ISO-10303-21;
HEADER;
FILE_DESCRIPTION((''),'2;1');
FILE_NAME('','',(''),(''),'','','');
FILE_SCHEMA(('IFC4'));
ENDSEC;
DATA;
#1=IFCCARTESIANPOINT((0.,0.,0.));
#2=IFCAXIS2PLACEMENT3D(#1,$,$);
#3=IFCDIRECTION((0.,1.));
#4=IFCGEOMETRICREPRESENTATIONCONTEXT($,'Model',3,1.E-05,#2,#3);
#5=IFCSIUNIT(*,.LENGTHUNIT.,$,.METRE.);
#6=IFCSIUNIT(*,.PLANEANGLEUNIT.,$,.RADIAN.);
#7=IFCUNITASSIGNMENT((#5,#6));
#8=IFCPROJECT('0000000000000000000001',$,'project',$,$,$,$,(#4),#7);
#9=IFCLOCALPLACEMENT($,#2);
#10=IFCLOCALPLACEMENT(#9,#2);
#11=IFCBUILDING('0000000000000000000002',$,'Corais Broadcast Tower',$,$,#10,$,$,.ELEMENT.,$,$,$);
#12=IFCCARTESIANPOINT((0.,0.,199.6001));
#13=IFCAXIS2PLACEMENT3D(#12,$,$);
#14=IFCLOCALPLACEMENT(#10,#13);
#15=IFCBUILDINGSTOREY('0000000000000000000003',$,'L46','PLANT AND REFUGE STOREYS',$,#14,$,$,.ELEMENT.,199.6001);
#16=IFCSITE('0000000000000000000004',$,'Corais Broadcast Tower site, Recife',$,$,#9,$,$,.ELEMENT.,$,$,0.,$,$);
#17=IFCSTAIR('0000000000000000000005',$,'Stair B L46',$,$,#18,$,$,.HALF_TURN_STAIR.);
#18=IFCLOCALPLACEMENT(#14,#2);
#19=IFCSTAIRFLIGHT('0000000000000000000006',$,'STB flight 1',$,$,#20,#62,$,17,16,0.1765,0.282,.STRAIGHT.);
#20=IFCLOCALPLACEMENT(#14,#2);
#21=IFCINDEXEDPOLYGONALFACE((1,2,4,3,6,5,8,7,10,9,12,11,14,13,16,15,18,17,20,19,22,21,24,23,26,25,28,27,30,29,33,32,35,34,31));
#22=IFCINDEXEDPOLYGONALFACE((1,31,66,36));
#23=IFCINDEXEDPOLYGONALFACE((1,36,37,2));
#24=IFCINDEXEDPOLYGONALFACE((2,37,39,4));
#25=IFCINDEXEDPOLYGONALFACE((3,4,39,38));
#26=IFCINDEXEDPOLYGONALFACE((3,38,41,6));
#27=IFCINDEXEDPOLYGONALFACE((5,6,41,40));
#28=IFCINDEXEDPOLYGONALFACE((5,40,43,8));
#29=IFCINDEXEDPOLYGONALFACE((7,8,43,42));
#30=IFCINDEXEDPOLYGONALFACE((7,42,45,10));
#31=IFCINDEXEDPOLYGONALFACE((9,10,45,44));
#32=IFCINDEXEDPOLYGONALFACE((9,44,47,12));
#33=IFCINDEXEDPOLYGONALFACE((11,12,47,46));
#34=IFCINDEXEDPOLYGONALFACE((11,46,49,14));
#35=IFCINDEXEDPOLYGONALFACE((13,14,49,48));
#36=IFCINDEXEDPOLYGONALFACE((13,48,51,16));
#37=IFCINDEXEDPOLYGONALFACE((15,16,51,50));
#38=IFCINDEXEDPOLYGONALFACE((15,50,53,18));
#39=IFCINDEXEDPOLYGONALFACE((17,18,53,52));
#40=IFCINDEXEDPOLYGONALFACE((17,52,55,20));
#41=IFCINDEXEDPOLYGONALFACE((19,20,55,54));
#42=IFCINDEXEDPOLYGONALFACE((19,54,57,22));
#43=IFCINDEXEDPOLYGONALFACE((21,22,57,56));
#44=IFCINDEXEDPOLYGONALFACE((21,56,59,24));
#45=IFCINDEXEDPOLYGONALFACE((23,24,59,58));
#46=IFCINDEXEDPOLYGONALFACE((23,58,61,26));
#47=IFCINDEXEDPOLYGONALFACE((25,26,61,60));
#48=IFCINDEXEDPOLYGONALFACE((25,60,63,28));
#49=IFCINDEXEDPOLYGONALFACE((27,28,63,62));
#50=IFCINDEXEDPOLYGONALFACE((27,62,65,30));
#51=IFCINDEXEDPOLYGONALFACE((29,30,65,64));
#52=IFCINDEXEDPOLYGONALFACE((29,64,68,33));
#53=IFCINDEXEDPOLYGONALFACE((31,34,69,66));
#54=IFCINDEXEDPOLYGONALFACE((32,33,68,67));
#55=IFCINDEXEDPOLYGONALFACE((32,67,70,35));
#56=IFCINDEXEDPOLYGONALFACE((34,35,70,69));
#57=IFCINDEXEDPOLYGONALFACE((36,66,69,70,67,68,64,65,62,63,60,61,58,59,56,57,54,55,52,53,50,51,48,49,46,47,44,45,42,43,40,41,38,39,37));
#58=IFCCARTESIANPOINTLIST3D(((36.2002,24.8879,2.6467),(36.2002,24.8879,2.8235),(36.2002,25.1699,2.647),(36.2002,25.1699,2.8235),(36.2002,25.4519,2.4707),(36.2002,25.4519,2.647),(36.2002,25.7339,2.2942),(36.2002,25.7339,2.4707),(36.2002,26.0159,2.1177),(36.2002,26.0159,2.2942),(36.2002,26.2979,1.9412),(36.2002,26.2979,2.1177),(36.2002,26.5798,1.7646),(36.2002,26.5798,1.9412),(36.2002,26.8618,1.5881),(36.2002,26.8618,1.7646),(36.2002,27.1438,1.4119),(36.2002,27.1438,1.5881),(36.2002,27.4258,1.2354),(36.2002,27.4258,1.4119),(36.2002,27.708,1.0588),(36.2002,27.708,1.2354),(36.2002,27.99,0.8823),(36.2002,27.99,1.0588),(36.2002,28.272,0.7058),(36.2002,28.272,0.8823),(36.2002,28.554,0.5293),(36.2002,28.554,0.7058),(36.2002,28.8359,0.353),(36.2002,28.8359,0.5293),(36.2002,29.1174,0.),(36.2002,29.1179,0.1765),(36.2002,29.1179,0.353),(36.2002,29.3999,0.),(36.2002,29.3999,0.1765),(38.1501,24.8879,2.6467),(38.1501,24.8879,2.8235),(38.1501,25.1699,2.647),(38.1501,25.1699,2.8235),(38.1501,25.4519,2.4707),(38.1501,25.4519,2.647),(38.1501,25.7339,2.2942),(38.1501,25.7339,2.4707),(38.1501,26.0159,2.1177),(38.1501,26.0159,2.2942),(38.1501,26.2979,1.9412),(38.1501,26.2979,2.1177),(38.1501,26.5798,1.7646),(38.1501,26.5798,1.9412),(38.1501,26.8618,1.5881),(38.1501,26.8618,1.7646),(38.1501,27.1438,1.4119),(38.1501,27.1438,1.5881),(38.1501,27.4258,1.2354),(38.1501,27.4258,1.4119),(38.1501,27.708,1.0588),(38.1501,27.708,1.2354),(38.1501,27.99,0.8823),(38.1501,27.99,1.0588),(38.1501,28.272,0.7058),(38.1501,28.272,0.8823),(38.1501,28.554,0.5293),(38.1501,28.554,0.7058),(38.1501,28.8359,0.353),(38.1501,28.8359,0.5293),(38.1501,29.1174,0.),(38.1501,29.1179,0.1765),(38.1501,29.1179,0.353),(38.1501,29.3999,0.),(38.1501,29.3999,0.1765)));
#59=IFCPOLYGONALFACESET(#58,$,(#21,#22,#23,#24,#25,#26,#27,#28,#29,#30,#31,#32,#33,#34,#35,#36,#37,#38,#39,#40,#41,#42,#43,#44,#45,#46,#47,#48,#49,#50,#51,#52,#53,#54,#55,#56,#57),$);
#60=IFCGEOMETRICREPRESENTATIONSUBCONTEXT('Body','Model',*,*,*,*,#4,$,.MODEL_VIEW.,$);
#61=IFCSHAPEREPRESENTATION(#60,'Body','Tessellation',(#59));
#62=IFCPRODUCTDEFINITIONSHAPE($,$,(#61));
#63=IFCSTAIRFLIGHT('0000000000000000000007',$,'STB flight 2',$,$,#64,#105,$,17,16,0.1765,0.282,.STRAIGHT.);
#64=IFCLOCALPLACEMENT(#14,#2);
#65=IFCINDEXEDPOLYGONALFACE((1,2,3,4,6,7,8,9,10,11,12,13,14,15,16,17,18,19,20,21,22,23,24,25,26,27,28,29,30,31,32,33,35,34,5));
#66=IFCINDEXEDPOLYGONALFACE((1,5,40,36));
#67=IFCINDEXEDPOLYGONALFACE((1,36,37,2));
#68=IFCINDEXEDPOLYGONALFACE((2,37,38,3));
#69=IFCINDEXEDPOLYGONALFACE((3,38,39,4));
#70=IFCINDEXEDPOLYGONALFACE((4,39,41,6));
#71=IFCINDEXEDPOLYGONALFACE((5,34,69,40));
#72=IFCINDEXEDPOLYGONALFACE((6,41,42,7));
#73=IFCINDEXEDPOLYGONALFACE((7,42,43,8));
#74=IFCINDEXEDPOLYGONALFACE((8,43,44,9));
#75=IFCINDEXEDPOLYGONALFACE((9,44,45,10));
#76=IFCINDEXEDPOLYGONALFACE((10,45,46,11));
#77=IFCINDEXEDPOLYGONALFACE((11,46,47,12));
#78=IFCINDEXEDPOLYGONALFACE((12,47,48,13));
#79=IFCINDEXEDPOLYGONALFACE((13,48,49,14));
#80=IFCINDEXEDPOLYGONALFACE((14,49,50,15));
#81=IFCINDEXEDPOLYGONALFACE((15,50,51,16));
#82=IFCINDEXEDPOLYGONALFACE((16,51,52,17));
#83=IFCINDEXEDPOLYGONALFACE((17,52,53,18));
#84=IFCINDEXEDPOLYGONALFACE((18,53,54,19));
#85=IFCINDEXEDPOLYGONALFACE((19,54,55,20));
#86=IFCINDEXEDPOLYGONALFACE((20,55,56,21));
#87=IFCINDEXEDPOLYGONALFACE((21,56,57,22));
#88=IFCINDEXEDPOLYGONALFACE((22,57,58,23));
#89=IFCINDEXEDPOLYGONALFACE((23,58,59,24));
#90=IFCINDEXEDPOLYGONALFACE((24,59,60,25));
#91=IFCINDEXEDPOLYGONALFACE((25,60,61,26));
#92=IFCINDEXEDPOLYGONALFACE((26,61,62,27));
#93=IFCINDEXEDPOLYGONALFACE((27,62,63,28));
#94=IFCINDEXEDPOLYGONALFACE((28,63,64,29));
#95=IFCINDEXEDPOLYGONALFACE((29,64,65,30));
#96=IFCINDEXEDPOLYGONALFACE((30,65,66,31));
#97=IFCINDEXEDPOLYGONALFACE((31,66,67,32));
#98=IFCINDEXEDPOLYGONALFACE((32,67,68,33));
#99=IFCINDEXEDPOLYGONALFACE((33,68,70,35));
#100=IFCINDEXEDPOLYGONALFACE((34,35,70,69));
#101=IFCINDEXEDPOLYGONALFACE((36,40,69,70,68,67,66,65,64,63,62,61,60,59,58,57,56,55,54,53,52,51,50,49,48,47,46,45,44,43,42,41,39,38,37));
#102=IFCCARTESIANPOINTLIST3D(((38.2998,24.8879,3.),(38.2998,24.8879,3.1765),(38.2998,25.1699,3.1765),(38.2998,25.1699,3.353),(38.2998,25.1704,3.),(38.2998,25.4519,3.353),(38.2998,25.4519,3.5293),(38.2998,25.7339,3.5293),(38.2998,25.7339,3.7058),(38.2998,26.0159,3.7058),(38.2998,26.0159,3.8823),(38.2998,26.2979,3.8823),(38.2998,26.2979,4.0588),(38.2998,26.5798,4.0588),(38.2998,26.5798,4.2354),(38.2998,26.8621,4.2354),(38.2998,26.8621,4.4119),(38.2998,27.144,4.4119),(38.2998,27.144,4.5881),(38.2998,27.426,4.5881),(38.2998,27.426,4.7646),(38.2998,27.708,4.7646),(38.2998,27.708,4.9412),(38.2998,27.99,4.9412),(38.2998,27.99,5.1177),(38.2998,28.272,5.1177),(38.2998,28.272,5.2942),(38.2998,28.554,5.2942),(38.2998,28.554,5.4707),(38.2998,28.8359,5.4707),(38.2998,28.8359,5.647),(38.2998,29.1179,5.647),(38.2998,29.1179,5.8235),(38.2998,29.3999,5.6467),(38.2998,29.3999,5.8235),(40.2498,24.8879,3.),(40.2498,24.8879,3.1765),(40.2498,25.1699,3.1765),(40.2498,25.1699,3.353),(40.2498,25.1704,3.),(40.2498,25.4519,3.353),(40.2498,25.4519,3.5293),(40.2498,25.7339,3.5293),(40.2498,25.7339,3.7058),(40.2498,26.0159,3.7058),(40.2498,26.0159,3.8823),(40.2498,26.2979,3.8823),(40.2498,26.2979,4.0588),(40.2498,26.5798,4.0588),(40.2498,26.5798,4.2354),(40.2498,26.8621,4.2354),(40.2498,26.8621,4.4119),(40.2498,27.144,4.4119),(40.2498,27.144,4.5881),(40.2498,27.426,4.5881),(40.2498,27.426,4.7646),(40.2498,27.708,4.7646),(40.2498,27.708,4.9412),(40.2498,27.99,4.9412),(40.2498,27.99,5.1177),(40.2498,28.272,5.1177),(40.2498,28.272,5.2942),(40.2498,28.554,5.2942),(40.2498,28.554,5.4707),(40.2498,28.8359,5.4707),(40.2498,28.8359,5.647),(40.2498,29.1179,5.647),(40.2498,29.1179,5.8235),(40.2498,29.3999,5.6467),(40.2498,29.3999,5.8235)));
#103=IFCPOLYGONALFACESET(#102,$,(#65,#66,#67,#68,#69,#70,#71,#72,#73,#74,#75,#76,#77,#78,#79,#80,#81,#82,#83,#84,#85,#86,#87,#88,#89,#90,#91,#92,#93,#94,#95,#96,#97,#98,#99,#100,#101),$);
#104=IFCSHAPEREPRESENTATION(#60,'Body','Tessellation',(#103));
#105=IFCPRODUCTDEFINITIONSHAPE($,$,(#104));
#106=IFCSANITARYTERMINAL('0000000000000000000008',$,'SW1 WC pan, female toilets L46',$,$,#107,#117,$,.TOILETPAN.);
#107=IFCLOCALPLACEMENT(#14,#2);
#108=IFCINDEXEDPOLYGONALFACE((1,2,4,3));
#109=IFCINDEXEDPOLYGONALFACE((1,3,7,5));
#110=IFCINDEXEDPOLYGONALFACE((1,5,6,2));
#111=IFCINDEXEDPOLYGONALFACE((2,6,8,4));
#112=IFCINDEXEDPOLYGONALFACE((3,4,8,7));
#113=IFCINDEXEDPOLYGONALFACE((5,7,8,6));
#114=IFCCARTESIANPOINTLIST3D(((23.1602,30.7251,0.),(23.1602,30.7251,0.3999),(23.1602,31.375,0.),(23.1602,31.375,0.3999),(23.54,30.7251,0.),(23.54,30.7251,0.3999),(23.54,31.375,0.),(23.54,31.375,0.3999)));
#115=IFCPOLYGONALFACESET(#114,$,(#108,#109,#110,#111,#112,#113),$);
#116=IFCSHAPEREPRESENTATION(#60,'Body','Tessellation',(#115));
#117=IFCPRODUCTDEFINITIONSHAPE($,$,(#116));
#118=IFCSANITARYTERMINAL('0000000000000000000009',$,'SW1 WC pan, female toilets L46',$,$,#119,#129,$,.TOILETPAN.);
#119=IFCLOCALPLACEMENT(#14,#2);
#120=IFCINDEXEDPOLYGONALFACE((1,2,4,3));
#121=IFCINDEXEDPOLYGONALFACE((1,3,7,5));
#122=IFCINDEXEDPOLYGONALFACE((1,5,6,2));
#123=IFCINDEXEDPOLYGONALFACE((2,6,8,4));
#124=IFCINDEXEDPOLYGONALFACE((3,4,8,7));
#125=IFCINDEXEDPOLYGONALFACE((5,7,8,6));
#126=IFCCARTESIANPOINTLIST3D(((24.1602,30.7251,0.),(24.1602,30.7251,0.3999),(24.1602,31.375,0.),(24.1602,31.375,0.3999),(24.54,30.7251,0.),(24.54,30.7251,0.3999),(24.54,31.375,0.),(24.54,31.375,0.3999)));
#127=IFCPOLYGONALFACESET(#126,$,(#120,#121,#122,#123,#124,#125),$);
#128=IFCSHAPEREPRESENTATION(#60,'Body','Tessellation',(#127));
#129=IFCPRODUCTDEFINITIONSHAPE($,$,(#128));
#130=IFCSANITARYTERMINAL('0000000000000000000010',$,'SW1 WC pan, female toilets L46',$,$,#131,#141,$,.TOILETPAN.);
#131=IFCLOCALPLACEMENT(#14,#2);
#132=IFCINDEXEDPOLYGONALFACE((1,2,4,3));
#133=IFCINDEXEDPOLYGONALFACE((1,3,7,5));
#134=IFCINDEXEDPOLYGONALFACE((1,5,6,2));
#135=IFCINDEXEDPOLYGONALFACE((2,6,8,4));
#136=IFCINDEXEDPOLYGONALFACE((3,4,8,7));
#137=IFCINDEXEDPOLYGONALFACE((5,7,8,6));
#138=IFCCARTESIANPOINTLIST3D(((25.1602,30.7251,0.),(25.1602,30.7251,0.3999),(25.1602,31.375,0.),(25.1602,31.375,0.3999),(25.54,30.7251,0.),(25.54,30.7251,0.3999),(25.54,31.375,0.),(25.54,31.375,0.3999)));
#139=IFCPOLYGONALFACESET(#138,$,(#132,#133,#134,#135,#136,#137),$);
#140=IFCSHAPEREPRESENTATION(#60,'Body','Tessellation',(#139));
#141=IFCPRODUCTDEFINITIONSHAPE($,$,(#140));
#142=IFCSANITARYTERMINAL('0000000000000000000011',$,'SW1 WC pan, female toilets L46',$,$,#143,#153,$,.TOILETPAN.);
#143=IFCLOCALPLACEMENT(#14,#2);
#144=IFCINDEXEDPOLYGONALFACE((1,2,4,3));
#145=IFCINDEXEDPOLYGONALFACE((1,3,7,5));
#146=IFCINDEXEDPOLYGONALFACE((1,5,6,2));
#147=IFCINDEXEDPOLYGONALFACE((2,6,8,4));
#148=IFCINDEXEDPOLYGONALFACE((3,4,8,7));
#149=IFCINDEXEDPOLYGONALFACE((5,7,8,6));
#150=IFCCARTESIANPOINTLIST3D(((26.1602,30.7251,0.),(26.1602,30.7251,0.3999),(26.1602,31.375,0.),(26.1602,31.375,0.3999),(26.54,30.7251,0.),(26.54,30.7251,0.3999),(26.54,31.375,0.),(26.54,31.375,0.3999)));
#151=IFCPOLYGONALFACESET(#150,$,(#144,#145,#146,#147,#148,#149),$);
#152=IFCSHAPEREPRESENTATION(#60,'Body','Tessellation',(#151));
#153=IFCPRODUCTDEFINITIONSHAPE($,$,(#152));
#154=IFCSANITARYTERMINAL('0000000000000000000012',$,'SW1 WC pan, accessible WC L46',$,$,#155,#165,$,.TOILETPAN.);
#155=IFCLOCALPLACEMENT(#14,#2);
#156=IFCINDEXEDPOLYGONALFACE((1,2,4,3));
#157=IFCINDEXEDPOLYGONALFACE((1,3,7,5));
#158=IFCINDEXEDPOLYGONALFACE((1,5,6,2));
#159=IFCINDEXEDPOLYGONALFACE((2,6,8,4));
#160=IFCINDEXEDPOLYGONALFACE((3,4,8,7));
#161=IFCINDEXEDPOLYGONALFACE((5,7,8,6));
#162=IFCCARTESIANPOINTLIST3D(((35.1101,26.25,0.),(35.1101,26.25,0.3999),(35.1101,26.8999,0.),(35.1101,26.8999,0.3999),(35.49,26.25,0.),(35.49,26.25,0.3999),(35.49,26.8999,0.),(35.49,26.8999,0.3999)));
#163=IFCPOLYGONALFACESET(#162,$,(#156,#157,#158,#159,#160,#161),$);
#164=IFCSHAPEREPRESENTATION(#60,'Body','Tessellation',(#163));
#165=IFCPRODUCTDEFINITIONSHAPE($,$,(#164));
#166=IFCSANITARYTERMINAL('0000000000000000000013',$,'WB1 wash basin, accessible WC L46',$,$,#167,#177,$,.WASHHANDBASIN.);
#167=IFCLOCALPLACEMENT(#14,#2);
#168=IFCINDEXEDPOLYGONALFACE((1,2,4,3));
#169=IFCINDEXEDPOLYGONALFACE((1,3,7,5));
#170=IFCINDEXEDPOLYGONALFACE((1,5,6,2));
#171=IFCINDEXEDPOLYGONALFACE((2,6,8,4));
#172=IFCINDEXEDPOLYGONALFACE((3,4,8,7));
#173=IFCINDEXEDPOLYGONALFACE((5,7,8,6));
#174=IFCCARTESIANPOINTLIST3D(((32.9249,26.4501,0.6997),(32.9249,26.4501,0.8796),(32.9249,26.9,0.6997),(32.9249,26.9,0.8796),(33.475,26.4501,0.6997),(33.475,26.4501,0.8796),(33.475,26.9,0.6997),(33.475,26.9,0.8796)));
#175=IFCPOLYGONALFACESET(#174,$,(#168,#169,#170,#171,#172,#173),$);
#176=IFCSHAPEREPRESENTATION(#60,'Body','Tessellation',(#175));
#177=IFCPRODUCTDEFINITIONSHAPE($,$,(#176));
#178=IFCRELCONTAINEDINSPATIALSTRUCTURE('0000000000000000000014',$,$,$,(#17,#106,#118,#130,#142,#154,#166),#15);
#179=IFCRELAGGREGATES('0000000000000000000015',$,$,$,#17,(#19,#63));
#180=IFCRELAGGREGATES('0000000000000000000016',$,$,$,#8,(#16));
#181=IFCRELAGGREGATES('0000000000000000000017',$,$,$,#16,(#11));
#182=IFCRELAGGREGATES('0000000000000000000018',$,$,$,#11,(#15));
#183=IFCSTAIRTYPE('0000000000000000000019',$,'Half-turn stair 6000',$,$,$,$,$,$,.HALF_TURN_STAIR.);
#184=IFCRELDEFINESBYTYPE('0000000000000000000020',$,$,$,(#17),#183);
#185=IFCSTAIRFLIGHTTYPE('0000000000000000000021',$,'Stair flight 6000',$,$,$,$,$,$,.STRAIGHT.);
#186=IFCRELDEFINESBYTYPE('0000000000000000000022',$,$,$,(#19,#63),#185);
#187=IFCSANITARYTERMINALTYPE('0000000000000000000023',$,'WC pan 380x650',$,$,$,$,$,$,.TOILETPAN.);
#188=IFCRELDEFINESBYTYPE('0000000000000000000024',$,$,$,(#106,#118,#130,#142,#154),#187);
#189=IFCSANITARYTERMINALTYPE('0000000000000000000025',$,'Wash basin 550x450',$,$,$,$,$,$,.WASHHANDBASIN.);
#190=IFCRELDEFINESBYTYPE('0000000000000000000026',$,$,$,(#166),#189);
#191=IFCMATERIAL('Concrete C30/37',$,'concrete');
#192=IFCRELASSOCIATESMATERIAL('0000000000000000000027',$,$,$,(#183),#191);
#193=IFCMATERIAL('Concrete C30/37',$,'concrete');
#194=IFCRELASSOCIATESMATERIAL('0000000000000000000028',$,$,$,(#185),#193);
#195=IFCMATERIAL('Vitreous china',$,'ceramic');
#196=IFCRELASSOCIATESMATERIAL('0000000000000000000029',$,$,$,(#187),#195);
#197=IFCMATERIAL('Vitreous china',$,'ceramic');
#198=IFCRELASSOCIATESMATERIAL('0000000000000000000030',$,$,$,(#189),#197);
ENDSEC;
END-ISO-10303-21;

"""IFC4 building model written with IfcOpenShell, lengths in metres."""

from ifc_helpers import new_model, si_unit, direction, frame, origin, origin_2d, place, context, subcontext, project, spatial, polyline, rectangle, outline, extrude, material, type_object, element, aggregate, save


model = new_model("IFC4")

# Units and contexts
model_context = context("Model", 3, precision=1e-05, world=origin(), true_north=direction((0.0, 1.0)))
body_context = subcontext(model_context, "Body", "Model", "MODEL_VIEW")
ifc_project = project(units=[si_unit("LENGTHUNIT", "METRE"), si_unit("PLANEANGLEUNIT", "RADIAN")], contexts=[model_context])

# Site, building, storey
site_placement = place(None, origin())
site = spatial("IfcSite", under=ifc_project, at=site_placement, Name="Corais Broadcast Tower site, Recife", CompositionType="ELEMENT", RefElevation=0.0)
building_placement = place(site_placement, origin())
building = spatial("IfcBuilding", under=site, at=building_placement, Name="Corais Broadcast Tower", CompositionType="ELEMENT")
storey_placement = place(building_placement, frame((0.0, 0.0, 199.6001)))
storey = spatial("IfcBuildingStorey", under=building, at=storey_placement, Name="L46", Description="PLANT AND REFUGE STOREYS", CompositionType="ELEMENT", Elevation=199.6001)

# Stair, stair flights
ifc_material_1 = material(Name="Concrete C30/37", Category="concrete")
stair_type = type_object("IfcStairType", Name="Half-turn stair 6000", PredefinedType="HALF_TURN_STAIR", material=ifc_material_1)
stair_placement = place(storey_placement, origin())
stair = element("IfcStair", 1, at=stair_placement, inside=storey, type_object=stair_type, Name="Stair B L46", PredefinedType="HALF_TURN_STAIR")
ifc_material_2 = material(Name="Concrete C30/37", Category="concrete")
stair_flight_type = type_object("IfcStairFlightType", Name="Stair flight 6000", PredefinedType="STRAIGHT", material=ifc_material_2)
stair_flight_1_placement = place(storey_placement, frame((37.175, 29.3999, 0.0), z_axis=(0.0, 0.0, 1.0), x_axis=(0.0, -1.0, 0.0)))
stair_flight_1 = element("IfcStairFlight", 2, at=stair_flight_1_placement, type_object=stair_flight_type, Name="STB flight 1", NumberOfRisers=17, NumberOfTreads=16, PredefinedType="STRAIGHT", RiserHeight=0.1765, TreadLength=0.282, context=body_context, shape_type="SweptSolid", body=[
    extrude(outline(polyline([(0.0, 0.0), (0.0, 0.1765), (0.282, 0.1765), (0.282, 0.353), (0.564, 0.353), (0.564, 0.5293), (0.8459, 0.5293), (0.8459, 0.7058), (1.1279, 0.7058), (1.1279, 0.8823), (1.4099, 0.8823), (1.4099, 1.0588), (1.6919, 1.0588), (1.6919, 1.2354), (1.9741, 1.2354), (1.9741, 1.4119), (2.2561, 1.4119), (2.2561, 1.5881), (2.5381, 1.5881), (2.5381, 1.7646), (2.8201, 1.7646), (2.8201, 1.9412), (3.1021, 1.9412), (3.1021, 2.1177), (3.384, 2.1177), (3.384, 2.2942), (3.666, 2.2942), (3.666, 2.4707), (3.948, 2.4707), (3.948, 2.647), (4.23, 2.647), (4.23, 2.8235), (4.512, 2.8235), (4.512, 3.0), (4.512, 2.6467), (0.2825, 0.0), (0.0, 0.0)])), frame((0.0, 0.9751, 0.0), z_axis=(0.0, -1.0, 0.0), x_axis=(1.0, 0.0, 0.0)), (0.0, 0.0, 1.0), 1.95),
])
stair_flight_2_placement = place(storey_placement, frame((39.2749, 24.8879, 3.0), z_axis=(0.0, 0.0, 1.0), x_axis=(0.0, 1.0, 0.0)))
stair_flight_2 = element("IfcStairFlight", 3, at=stair_flight_2_placement, type_object=stair_flight_type, Name="STB flight 2", NumberOfRisers=17, NumberOfTreads=16, PredefinedType="STRAIGHT", RiserHeight=0.1765, TreadLength=0.282, context=body_context, shape_type="SweptSolid", body=[
    extrude(outline(polyline([(0.0, 0.0), (0.0, 0.1765), (0.282, 0.1765), (0.282, 0.353), (0.564, 0.353), (0.564, 0.5293), (0.8459, 0.5293), (0.8459, 0.7058), (1.1279, 0.7058), (1.1279, 0.8823), (1.4099, 0.8823), (1.4099, 1.0588), (1.6919, 1.0588), (1.6919, 1.2354), (1.9741, 1.2354), (1.9741, 1.4119), (2.2561, 1.4119), (2.2561, 1.5881), (2.5381, 1.5881), (2.5381, 1.7646), (2.8201, 1.7646), (2.8201, 1.9412), (3.1021, 1.9412), (3.1021, 2.1177), (3.384, 2.1177), (3.384, 2.2942), (3.666, 2.2942), (3.666, 2.4707), (3.948, 2.4707), (3.948, 2.647), (4.23, 2.647), (4.23, 2.8235), (4.512, 2.8235), (4.512, 3.0), (4.512, 2.6467), (0.2825, 0.0), (0.0, 0.0)])), frame((0.0, 0.9751, 0.0), z_axis=(0.0, -1.0, 0.0), x_axis=(1.0, 0.0, 0.0)), (0.0, 0.0, 1.0), 1.95),
])
aggregate(stair, [stair_flight_1, stair_flight_2])

# Sanitary terminals
ifc_material_3 = material(Name="Vitreous china", Category="ceramic")
sanitary_terminal_type_1 = type_object("IfcSanitaryTerminalType", Name="WC pan 380x650", PredefinedType="TOILETPAN", material=ifc_material_3)
for number, where, z_axis, x_axis, name in (
    (4, (23.3501, 31.05, 0.0), (0.0, 0.0, 1.0), (1.0, 0.0, 0.0), "SW1 WC pan, female toilets L46"),
    (5, (24.3501, 31.05, 0.0), (0.0, 0.0, 1.0), (1.0, 0.0, 0.0), "SW1 WC pan, female toilets L46"),
    (6, (25.3501, 31.05, 0.0), (0.0, 0.0, 1.0), (1.0, 0.0, 0.0), "SW1 WC pan, female toilets L46"),
    (7, (26.3501, 31.05, 0.0), (0.0, 0.0, 1.0), (1.0, 0.0, 0.0), "SW1 WC pan, female toilets L46"),
    (8, (35.3, 26.575, 0.0), (0.0, 0.0, 1.0), (1.0, 0.0, 0.0), "SW1 WC pan, accessible WC L46"),
):
    element("IfcSanitaryTerminal", number, at=place(storey_placement, frame(where, z_axis=z_axis, x_axis=x_axis)), inside=storey, type_object=sanitary_terminal_type_1, Name=name, PredefinedType="TOILETPAN", context=body_context, shape_type="SweptSolid", body=[
        extrude(rectangle(XDim=0.3799, YDim=0.6499, at=origin_2d()), origin(), (0.0, 0.0, 1.0), 0.3999),
    ])
ifc_material_4 = material(Name="Vitreous china", Category="ceramic")
sanitary_terminal_type_2 = type_object("IfcSanitaryTerminalType", Name="Wash basin 550x450", PredefinedType="WASHHANDBASIN", material=ifc_material_4)
sanitary_terminal_placement = place(storey_placement, frame((33.2, 26.675, 0.6997), z_axis=(0.0, 0.0, 1.0), x_axis=(1.0, 0.0, 0.0)))
element("IfcSanitaryTerminal", 9, at=sanitary_terminal_placement, inside=storey, type_object=sanitary_terminal_type_2, Name="WB1 wash basin, accessible WC L46", PredefinedType="WASHHANDBASIN", context=body_context, shape_type="SweptSolid", body=[
    extrude(rectangle(XDim=0.55, YDim=0.45, at=origin_2d()), origin(), (0.0, 0.0, 1.0), 0.1799),
])

save(model, "model.ifc")
